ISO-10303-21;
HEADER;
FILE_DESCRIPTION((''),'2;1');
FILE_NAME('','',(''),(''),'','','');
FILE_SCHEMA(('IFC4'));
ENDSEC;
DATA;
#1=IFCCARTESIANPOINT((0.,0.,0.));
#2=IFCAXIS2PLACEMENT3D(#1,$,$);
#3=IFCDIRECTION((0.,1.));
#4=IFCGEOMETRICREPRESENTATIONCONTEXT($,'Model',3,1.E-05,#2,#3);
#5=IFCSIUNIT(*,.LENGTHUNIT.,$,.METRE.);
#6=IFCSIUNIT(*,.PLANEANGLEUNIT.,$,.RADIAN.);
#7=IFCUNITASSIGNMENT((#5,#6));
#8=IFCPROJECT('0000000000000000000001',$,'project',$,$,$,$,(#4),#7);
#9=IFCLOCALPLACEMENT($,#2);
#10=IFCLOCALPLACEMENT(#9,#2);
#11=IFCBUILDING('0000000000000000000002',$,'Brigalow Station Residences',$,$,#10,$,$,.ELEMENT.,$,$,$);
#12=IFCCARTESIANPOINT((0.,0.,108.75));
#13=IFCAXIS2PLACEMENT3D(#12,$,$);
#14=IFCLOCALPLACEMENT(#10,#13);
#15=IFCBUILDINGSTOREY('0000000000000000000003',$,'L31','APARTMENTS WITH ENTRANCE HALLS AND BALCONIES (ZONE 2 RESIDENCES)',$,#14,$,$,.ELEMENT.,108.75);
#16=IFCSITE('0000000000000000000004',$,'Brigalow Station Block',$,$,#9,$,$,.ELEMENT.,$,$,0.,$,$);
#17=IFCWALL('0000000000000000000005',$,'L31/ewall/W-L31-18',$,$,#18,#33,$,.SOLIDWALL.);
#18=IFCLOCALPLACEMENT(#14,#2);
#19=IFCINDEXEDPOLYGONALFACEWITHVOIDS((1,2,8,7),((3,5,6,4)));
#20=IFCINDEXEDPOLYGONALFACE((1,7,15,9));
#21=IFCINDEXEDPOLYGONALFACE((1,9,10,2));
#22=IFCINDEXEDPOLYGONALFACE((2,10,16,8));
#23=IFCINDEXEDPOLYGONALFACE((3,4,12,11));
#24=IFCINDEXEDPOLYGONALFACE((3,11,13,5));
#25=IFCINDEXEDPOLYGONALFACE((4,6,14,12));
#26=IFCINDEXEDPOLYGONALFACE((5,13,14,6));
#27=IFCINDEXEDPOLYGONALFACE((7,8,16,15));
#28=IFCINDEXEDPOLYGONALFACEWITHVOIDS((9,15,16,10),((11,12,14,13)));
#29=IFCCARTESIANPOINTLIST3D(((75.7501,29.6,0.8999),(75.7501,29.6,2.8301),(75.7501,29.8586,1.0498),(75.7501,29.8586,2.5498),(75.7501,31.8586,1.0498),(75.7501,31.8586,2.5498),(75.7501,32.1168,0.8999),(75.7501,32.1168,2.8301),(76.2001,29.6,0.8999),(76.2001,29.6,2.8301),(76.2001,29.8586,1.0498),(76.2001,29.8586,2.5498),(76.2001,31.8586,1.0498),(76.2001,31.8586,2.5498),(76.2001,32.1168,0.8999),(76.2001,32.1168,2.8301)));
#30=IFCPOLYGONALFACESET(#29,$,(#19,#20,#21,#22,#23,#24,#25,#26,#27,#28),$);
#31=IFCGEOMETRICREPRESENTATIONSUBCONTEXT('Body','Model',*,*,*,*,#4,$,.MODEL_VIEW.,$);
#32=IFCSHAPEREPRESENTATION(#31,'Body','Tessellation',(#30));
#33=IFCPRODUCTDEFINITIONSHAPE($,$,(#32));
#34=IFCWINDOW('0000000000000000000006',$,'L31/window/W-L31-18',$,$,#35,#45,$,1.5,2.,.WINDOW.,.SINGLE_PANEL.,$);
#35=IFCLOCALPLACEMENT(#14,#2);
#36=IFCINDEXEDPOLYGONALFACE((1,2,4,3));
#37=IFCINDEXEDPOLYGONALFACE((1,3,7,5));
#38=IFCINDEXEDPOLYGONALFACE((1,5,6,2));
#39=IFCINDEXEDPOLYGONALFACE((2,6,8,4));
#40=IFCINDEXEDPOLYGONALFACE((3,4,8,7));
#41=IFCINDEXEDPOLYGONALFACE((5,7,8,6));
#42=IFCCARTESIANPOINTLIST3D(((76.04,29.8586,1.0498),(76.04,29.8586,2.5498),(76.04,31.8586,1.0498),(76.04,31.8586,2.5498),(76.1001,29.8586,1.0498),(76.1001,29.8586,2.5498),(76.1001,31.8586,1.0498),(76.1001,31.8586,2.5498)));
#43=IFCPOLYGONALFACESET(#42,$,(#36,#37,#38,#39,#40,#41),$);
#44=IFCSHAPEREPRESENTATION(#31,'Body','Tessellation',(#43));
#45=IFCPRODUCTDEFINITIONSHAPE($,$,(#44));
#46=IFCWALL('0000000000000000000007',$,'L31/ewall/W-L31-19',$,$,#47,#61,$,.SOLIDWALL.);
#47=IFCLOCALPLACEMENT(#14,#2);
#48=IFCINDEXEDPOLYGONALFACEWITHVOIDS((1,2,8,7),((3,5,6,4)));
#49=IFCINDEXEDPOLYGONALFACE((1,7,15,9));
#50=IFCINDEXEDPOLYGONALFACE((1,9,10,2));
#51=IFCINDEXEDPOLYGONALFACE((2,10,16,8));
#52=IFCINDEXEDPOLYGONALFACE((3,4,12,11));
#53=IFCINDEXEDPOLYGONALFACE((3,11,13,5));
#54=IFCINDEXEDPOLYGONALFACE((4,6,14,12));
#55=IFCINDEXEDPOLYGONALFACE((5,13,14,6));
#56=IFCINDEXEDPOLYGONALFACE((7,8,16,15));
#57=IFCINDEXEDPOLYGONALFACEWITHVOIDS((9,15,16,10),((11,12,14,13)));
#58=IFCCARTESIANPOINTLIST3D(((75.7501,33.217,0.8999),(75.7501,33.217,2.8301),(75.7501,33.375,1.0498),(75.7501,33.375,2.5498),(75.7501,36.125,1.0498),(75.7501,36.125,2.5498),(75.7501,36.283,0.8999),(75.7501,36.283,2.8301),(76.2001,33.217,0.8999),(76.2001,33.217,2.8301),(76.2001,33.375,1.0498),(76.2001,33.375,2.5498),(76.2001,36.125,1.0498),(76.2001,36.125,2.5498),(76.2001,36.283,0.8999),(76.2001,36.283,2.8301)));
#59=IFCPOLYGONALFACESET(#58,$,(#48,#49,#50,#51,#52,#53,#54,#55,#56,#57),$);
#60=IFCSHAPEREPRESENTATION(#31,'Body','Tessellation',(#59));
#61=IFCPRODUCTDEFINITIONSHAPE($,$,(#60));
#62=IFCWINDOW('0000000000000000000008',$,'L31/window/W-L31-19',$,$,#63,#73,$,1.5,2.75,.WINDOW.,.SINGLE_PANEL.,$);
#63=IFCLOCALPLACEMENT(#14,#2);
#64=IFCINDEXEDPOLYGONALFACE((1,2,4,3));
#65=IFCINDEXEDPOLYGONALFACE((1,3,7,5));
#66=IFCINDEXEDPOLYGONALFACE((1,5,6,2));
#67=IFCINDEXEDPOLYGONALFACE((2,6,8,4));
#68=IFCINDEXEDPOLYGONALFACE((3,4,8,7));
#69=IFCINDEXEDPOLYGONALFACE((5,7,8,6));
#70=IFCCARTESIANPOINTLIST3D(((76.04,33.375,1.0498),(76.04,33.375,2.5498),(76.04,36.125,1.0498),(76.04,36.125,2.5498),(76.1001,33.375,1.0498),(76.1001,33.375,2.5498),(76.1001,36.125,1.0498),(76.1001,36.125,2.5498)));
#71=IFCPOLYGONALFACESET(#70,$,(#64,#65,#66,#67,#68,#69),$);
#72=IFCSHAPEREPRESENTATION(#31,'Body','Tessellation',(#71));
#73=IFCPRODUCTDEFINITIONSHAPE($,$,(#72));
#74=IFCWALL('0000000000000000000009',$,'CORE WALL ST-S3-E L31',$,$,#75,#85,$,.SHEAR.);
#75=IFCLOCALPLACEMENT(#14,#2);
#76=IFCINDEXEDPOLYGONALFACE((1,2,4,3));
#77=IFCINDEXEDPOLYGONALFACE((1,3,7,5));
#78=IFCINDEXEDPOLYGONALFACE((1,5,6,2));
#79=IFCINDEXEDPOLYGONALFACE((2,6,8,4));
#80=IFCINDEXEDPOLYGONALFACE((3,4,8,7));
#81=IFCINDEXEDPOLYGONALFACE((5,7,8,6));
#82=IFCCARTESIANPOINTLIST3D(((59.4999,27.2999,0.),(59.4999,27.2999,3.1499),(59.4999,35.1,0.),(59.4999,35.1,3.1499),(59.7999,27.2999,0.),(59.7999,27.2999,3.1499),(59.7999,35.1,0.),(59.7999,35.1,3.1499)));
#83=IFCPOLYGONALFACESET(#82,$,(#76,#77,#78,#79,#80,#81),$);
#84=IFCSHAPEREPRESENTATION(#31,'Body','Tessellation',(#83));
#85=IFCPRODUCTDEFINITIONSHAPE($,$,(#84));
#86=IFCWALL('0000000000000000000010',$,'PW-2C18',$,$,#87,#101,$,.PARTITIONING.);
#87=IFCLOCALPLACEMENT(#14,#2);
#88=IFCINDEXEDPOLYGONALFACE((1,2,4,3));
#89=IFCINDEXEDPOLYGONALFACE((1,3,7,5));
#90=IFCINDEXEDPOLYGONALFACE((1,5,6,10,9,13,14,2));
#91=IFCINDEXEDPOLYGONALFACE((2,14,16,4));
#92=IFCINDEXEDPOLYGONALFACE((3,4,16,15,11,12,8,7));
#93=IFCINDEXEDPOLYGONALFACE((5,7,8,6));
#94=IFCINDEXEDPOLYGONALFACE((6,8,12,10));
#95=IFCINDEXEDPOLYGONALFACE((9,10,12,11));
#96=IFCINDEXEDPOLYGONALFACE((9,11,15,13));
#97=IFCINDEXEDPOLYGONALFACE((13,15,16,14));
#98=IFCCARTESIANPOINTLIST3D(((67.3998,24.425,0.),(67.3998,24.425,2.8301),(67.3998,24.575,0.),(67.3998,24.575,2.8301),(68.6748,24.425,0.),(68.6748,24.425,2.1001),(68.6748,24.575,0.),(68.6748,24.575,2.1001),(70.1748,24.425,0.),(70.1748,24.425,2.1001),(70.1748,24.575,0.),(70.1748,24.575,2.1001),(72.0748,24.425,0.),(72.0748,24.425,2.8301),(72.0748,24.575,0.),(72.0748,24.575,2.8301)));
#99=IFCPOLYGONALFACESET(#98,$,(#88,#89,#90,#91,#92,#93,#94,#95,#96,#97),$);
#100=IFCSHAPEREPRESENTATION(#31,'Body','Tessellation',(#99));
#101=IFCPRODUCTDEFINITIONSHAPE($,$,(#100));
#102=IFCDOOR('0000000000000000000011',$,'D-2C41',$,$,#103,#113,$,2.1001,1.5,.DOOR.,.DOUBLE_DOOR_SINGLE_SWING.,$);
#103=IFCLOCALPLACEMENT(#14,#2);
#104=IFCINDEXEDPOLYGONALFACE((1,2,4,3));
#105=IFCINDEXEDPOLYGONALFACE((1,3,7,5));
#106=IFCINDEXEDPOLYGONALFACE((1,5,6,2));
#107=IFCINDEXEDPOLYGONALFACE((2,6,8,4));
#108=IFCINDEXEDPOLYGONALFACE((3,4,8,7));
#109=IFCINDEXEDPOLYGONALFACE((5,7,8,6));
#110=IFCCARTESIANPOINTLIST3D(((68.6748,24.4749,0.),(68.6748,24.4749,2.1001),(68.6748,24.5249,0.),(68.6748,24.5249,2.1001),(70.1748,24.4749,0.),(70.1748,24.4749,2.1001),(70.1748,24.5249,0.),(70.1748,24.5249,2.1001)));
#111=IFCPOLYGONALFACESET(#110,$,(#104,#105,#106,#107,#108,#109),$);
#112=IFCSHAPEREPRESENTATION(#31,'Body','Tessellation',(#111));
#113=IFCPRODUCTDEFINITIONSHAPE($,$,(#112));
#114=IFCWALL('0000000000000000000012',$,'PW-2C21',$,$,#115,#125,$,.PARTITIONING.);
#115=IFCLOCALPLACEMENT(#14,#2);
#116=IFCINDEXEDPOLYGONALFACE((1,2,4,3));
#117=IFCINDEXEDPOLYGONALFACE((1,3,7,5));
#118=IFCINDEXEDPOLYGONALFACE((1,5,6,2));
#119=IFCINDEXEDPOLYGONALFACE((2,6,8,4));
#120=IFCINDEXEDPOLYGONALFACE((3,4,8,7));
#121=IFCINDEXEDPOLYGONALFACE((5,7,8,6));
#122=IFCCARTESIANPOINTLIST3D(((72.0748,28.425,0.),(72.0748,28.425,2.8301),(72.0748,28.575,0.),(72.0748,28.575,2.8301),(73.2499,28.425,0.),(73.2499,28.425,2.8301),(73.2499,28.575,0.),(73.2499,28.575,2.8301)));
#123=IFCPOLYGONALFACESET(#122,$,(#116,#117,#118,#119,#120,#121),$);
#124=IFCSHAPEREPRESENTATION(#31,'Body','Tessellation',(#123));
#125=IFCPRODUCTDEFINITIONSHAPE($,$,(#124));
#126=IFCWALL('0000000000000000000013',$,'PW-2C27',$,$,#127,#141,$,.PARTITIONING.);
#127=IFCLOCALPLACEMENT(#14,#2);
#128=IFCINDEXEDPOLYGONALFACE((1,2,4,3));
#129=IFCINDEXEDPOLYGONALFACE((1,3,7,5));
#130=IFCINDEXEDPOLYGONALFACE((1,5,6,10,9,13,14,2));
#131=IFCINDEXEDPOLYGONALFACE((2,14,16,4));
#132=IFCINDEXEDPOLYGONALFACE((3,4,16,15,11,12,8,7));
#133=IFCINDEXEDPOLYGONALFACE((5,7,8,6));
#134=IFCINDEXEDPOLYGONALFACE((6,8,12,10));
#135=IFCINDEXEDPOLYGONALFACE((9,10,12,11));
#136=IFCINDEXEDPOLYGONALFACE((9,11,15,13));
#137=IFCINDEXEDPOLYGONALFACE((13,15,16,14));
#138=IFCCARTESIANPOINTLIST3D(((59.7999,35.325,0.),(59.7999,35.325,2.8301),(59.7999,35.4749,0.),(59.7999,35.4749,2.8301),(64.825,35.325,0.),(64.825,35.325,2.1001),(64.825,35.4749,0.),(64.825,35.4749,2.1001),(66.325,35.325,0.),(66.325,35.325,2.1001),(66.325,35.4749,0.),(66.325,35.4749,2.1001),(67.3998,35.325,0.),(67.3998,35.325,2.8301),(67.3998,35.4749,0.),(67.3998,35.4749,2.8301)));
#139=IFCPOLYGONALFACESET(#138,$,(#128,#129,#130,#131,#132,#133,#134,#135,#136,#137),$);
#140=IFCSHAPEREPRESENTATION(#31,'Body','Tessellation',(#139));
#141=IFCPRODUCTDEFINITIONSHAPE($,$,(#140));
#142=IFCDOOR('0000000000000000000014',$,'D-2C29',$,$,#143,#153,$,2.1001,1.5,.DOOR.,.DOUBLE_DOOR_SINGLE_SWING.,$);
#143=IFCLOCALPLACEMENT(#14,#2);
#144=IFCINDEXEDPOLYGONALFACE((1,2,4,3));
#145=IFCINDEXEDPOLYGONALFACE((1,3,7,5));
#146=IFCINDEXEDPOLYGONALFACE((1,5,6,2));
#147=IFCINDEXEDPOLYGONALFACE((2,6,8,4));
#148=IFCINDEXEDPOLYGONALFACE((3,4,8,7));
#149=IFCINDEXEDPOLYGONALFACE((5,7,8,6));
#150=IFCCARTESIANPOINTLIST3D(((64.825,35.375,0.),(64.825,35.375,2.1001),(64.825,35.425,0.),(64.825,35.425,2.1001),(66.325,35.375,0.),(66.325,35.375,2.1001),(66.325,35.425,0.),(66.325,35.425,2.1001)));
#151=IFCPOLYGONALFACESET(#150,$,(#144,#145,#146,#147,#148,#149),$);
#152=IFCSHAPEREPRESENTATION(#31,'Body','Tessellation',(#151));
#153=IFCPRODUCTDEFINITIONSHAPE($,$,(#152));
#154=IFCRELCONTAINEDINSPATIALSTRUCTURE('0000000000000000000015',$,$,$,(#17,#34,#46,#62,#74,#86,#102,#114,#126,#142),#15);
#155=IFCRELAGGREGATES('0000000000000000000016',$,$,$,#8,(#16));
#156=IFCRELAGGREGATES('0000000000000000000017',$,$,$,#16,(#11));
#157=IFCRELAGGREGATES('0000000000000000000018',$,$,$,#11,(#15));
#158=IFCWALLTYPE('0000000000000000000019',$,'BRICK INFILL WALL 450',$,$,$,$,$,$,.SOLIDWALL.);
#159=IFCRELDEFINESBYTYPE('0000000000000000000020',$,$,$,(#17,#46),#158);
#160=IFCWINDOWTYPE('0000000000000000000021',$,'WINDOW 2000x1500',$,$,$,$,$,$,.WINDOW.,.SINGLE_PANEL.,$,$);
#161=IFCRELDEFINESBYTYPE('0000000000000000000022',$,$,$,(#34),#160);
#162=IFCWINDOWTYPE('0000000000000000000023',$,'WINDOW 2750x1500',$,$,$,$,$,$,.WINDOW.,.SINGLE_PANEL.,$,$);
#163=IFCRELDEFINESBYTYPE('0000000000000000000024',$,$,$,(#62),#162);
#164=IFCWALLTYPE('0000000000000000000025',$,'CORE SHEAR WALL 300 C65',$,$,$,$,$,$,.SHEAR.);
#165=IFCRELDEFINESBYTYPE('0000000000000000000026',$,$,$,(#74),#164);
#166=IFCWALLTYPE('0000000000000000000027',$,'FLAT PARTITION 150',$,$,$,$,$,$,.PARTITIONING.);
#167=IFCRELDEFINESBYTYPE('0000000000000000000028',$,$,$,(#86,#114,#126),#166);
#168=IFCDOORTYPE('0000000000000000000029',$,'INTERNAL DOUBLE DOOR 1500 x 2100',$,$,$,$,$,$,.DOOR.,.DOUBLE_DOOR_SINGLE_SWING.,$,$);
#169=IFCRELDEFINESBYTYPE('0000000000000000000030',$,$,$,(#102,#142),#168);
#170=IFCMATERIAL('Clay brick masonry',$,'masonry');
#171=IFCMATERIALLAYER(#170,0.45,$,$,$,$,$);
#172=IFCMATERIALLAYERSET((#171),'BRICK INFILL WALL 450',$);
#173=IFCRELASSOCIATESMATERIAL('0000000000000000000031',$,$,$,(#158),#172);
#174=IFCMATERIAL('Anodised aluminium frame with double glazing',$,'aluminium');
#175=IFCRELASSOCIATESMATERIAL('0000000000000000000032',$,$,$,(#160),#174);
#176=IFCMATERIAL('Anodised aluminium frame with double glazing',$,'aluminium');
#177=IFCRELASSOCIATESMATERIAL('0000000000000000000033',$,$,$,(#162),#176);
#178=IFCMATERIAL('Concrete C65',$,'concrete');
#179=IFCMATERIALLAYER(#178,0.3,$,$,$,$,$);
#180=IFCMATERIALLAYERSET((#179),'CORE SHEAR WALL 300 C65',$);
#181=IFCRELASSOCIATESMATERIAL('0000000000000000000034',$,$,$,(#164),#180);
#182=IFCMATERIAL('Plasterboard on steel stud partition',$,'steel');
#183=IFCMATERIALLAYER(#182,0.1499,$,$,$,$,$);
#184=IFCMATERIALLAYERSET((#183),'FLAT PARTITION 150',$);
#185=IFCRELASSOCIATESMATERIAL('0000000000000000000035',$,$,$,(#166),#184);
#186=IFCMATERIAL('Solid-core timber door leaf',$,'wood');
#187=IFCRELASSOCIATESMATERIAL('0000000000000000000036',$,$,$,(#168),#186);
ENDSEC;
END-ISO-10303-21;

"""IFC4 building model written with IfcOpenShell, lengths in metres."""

from ifc_helpers import new_model, si_unit, direction, frame, frame_2d, origin, place, context, subcontext, project, spatial, rectangle, extrude, material, layer, layer_set, type_object, element, fill, save


model = new_model("IFC4")

# Units and contexts
model_context = context("Model", 3, precision=1e-05, world=origin(), true_north=direction((0.0, 1.0)))
body_context = subcontext(model_context, "Body", "Model", "MODEL_VIEW")
ifc_project = project(units=[si_unit("LENGTHUNIT", "METRE"), si_unit("PLANEANGLEUNIT", "RADIAN")], contexts=[model_context])

# Site, building, storey
site_placement = place(None, origin())
site = spatial("IfcSite", under=ifc_project, at=site_placement, Name="Brigalow Station Block", CompositionType="ELEMENT", RefElevation=0.0)
building_placement = place(site_placement, origin())
building = spatial("IfcBuilding", under=site, at=building_placement, Name="Brigalow Station Residences", CompositionType="ELEMENT")
storey_placement = place(building_placement, frame((0.0, 0.0, 108.75)))
storey = spatial("IfcBuildingStorey", under=building, at=storey_placement, Name="L31", Description="APARTMENTS WITH ENTRANCE HALLS AND BALCONIES (ZONE 2 RESIDENCES)", CompositionType="ELEMENT", Elevation=108.75)

# Shared definitions
ifc_material_1 = material(Name="Clay brick masonry", Category="masonry")
ifc_layer_1 = layer(ifc_material_1, 0.45)
ifc_layer_set_1 = layer_set([ifc_layer_1], Name="BRICK INFILL WALL 450")
wall_type_1 = type_object("IfcWallType", Name="BRICK INFILL WALL 450", PredefinedType="SOLIDWALL", material=ifc_layer_set_1)

# Walls, openings, windows
wall_1_placement = place(storey_placement, frame((75.9751, 29.6001, 0.8999), z_axis=(0.0, 0.0, 1.0), x_axis=(0.0, 1.0, 0.0)))
wall_1 = element("IfcWall", 1, at=wall_1_placement, inside=storey, type_object=wall_type_1, Name="L31/ewall/W-L31-18", PredefinedType="SOLIDWALL", context=body_context, shape_type="SweptSolid", body=[
    extrude(rectangle(XDim=2.5168, YDim=0.45, at=frame_2d((1.2583, 0.0))), origin(), (0.0, 0.0, 1.0), 1.9302),
])
opening_1_placement = place(wall_1_placement, frame((0.2585, 0.0, 0.1499)))
opening_1 = element("IfcOpeningElement", 2, at=opening_1_placement, cuts=wall_1, PredefinedType="OPENING", context=body_context, shape_type="SweptSolid", body=[
    extrude(rectangle(XDim=2.0, YDim=1.5, at=frame_2d((1.0, 0.75))), frame((0.0, 0.2349, 0.0), z_axis=(0.0, -1.0, 0.0), x_axis=(1.0, 0.0, 0.0)), (0.0, 0.0, 1.0), 0.47),
])
ifc_material_2 = material(Name="Anodised aluminium frame with double glazing", Category="aluminium")
window_type_1 = type_object("IfcWindowType", Name="WINDOW 2000x1500", PartitioningType="SINGLE_PANEL", PredefinedType="WINDOW", material=ifc_material_2)
window_1_placement = place(opening_1_placement, origin())
window_1 = element("IfcWindow", 3, at=window_1_placement, inside=storey, type_object=window_type_1, Name="L31/window/W-L31-18", OverallHeight=1.5, OverallWidth=2.0, PartitioningType="SINGLE_PANEL", PredefinedType="WINDOW", context=body_context, shape_type="SweptSolid", body=[
    extrude(rectangle(XDim=2.0, YDim=1.5, at=frame_2d((1.0, 0.75))), frame((0.0, -0.0649, 0.0), z_axis=(0.0, -1.0, 0.0), x_axis=(1.0, 0.0, 0.0)), (0.0, 0.0, 1.0), 0.0601),
])
fill(opening_1, window_1)
wall_2_placement = place(storey_placement, frame((75.9751, 33.217, 0.8999), z_axis=(0.0, 0.0, 1.0), x_axis=(0.0, 1.0, 0.0)))
wall_2 = element("IfcWall", 4, at=wall_2_placement, inside=storey, type_object=wall_type_1, Name="L31/ewall/W-L31-19", PredefinedType="SOLIDWALL", context=body_context, shape_type="SweptSolid", body=[
    extrude(rectangle(XDim=3.0659, YDim=0.45, at=frame_2d((1.533, 0.0))), origin(), (0.0, 0.0, 1.0), 1.9302),
])
opening_2_placement = place(wall_2_placement, frame((0.158, 0.0, 0.1499)))
opening_2 = element("IfcOpeningElement", 5, at=opening_2_placement, cuts=wall_2, PredefinedType="OPENING", context=body_context, shape_type="SweptSolid", body=[
    extrude(rectangle(XDim=2.75, YDim=1.5, at=frame_2d((1.375, 0.75))), frame((0.0, 0.2349, 0.0), z_axis=(0.0, -1.0, 0.0), x_axis=(1.0, 0.0, 0.0)), (0.0, 0.0, 1.0), 0.47),
])
ifc_material_3 = material(Name="Anodised aluminium frame with double glazing", Category="aluminium")
window_type_2 = type_object("IfcWindowType", Name="WINDOW 2750x1500", PartitioningType="SINGLE_PANEL", PredefinedType="WINDOW", material=ifc_material_3)
window_2_placement = place(opening_2_placement, origin())
window_2 = element("IfcWindow", 6, at=window_2_placement, inside=storey, type_object=window_type_2, Name="L31/window/W-L31-19", OverallHeight=1.5, OverallWidth=2.75, PartitioningType="SINGLE_PANEL", PredefinedType="WINDOW", context=body_context, shape_type="SweptSolid", body=[
    extrude(rectangle(XDim=2.75, YDim=1.5, at=frame_2d((1.375, 0.75))), frame((0.0, -0.0649, 0.0), z_axis=(0.0, -1.0, 0.0), x_axis=(1.0, 0.0, 0.0)), (0.0, 0.0, 1.0), 0.0601),
])
fill(opening_2, window_2)

# Wall
ifc_material_4 = material(Name="Concrete C65", Category="concrete")
ifc_layer_2 = layer(ifc_material_4, 0.3)
ifc_layer_set_2 = layer_set([ifc_layer_2], Name="CORE SHEAR WALL 300 C65")
wall_type_2 = type_object("IfcWallType", Name="CORE SHEAR WALL 300 C65", PredefinedType="SHEAR", material=ifc_layer_set_2)
wall_3_placement = place(storey_placement, frame((59.6499, 27.3, 0.0), z_axis=(0.0, 0.0, 1.0), x_axis=(0.0, 1.0, 0.0)))
element("IfcWall", 7, at=wall_3_placement, inside=storey, type_object=wall_type_2, Name="CORE WALL ST-S3-E L31", PredefinedType="SHEAR", context=body_context, shape_type="SweptSolid", body=[
    extrude(rectangle(XDim=7.8, YDim=0.3, at=frame_2d((3.8999, 0.0))), origin(), (0.0, 0.0, 1.0), 3.1499),
])

# Wall, opening, door
ifc_material_5 = material(Name="Plasterboard on steel stud partition", Category="steel")
ifc_layer_3 = layer(ifc_material_5, 0.1499)
ifc_layer_set_3 = layer_set([ifc_layer_3], Name="FLAT PARTITION 150")
wall_type_3 = type_object("IfcWallType", Name="FLAT PARTITION 150", PredefinedType="PARTITIONING", material=ifc_layer_set_3)
wall_4_placement = place(storey_placement, frame((67.3999, 24.5, 0.0), z_axis=(0.0, 0.0, 1.0), x_axis=(1.0, 0.0, 0.0)))
wall_4 = element("IfcWall", 8, at=wall_4_placement, inside=storey, type_object=wall_type_3, Name="PW-2C18", PredefinedType="PARTITIONING", context=body_context, shape_type="SweptSolid", body=[
    extrude(rectangle(XDim=4.675, YDim=0.1499, at=frame_2d((2.3374, 0.0))), origin(), (0.0, 0.0, 1.0), 2.8301),
])
opening_3_placement = place(wall_4_placement, frame((1.2749, 0.0, 0.0)))
opening_3 = element("IfcOpeningElement", 9, at=opening_3_placement, cuts=wall_4, PredefinedType="OPENING", context=body_context, shape_type="SweptSolid", body=[
    extrude(rectangle(XDim=1.5, YDim=2.1001, at=frame_2d((0.75, 1.05))), frame((0.0, 0.085, 0.0), z_axis=(0.0, -1.0, 0.0), x_axis=(1.0, 0.0, 0.0)), (0.0, 0.0, 1.0), 0.1699),
])
ifc_material_6 = material(Name="Solid-core timber door leaf", Category="wood")
door_type_1 = type_object("IfcDoorType", Name="INTERNAL DOUBLE DOOR 1500 x 2100", OperationType="DOUBLE_DOOR_SINGLE_SWING", PredefinedType="DOOR", material=ifc_material_6)
door_1_placement = place(opening_3_placement, origin())
door_1 = element("IfcDoor", 10, at=door_1_placement, inside=storey, type_object=door_type_1, Name="D-2C41", OperationType="DOUBLE_DOOR_SINGLE_SWING", OverallHeight=2.1001, OverallWidth=1.5, PredefinedType="DOOR", context=body_context, shape_type="SweptSolid", body=[
    extrude(rectangle(XDim=1.5, YDim=2.1001, at=frame_2d((0.75, 1.05))), frame((0.0, 0.0249, 0.0), z_axis=(0.0, -1.0, 0.0), x_axis=(1.0, 0.0, 0.0)), (0.0, 0.0, 1.0), 0.05),
])
fill(opening_3, door_1)

# Wall
wall_5_placement = place(storey_placement, frame((72.075, 28.5, 0.0), z_axis=(0.0, 0.0, 1.0), x_axis=(1.0, 0.0, 0.0)))
element("IfcWall", 11, at=wall_5_placement, inside=storey, type_object=wall_type_3, Name="PW-2C21", PredefinedType="PARTITIONING", context=body_context, shape_type="SweptSolid", body=[
    extrude(rectangle(XDim=1.175, YDim=0.1499, at=frame_2d((0.5874, 0.0))), origin(), (0.0, 0.0, 1.0), 2.8301),
])

# Wall, opening, door
wall_6_placement = place(storey_placement, frame((59.8, 35.3999, 0.0), z_axis=(0.0, 0.0, 1.0), x_axis=(1.0, 0.0, 0.0)))
wall_6 = element("IfcWall", 12, at=wall_6_placement, inside=storey, type_object=wall_type_3, Name="PW-2C27", PredefinedType="PARTITIONING", context=body_context, shape_type="SweptSolid", body=[
    extrude(rectangle(XDim=7.5999, YDim=0.1499, at=frame_2d((3.7998, 0.0))), origin(), (0.0, 0.0, 1.0), 2.8301),
])
opening_4_placement = place(wall_6_placement, frame((5.0249, 0.0, 0.0)))
opening_4 = element("IfcOpeningElement", 13, at=opening_4_placement, cuts=wall_6, PredefinedType="OPENING", context=body_context, shape_type="SweptSolid", body=[
    extrude(rectangle(XDim=1.5, YDim=2.1001, at=frame_2d((0.75, 1.05))), frame((0.0, 0.085, 0.0), z_axis=(0.0, -1.0, 0.0), x_axis=(1.0, 0.0, 0.0)), (0.0, 0.0, 1.0), 0.1699),
])
door_2_placement = place(opening_4_placement, frame((1.5, 0.0, 0.0), z_axis=(0.0, 0.0, 1.0), x_axis=(-1.0, 0.0, 0.0)))
door_2 = element("IfcDoor", 14, at=door_2_placement, inside=storey, type_object=door_type_1, Name="D-2C29", OperationType="DOUBLE_DOOR_SINGLE_SWING", OverallHeight=2.1001, OverallWidth=1.5, PredefinedType="DOOR", context=body_context, shape_type="SweptSolid", body=[
    extrude(rectangle(XDim=1.5, YDim=2.1001, at=frame_2d((0.75, 1.05))), frame((0.0, 0.0249, 0.0), z_axis=(0.0, -1.0, 0.0), x_axis=(1.0, 0.0, 0.0)), (0.0, 0.0, 1.0), 0.05),
])
fill(opening_4, door_2)

save(model, "model.ifc")
